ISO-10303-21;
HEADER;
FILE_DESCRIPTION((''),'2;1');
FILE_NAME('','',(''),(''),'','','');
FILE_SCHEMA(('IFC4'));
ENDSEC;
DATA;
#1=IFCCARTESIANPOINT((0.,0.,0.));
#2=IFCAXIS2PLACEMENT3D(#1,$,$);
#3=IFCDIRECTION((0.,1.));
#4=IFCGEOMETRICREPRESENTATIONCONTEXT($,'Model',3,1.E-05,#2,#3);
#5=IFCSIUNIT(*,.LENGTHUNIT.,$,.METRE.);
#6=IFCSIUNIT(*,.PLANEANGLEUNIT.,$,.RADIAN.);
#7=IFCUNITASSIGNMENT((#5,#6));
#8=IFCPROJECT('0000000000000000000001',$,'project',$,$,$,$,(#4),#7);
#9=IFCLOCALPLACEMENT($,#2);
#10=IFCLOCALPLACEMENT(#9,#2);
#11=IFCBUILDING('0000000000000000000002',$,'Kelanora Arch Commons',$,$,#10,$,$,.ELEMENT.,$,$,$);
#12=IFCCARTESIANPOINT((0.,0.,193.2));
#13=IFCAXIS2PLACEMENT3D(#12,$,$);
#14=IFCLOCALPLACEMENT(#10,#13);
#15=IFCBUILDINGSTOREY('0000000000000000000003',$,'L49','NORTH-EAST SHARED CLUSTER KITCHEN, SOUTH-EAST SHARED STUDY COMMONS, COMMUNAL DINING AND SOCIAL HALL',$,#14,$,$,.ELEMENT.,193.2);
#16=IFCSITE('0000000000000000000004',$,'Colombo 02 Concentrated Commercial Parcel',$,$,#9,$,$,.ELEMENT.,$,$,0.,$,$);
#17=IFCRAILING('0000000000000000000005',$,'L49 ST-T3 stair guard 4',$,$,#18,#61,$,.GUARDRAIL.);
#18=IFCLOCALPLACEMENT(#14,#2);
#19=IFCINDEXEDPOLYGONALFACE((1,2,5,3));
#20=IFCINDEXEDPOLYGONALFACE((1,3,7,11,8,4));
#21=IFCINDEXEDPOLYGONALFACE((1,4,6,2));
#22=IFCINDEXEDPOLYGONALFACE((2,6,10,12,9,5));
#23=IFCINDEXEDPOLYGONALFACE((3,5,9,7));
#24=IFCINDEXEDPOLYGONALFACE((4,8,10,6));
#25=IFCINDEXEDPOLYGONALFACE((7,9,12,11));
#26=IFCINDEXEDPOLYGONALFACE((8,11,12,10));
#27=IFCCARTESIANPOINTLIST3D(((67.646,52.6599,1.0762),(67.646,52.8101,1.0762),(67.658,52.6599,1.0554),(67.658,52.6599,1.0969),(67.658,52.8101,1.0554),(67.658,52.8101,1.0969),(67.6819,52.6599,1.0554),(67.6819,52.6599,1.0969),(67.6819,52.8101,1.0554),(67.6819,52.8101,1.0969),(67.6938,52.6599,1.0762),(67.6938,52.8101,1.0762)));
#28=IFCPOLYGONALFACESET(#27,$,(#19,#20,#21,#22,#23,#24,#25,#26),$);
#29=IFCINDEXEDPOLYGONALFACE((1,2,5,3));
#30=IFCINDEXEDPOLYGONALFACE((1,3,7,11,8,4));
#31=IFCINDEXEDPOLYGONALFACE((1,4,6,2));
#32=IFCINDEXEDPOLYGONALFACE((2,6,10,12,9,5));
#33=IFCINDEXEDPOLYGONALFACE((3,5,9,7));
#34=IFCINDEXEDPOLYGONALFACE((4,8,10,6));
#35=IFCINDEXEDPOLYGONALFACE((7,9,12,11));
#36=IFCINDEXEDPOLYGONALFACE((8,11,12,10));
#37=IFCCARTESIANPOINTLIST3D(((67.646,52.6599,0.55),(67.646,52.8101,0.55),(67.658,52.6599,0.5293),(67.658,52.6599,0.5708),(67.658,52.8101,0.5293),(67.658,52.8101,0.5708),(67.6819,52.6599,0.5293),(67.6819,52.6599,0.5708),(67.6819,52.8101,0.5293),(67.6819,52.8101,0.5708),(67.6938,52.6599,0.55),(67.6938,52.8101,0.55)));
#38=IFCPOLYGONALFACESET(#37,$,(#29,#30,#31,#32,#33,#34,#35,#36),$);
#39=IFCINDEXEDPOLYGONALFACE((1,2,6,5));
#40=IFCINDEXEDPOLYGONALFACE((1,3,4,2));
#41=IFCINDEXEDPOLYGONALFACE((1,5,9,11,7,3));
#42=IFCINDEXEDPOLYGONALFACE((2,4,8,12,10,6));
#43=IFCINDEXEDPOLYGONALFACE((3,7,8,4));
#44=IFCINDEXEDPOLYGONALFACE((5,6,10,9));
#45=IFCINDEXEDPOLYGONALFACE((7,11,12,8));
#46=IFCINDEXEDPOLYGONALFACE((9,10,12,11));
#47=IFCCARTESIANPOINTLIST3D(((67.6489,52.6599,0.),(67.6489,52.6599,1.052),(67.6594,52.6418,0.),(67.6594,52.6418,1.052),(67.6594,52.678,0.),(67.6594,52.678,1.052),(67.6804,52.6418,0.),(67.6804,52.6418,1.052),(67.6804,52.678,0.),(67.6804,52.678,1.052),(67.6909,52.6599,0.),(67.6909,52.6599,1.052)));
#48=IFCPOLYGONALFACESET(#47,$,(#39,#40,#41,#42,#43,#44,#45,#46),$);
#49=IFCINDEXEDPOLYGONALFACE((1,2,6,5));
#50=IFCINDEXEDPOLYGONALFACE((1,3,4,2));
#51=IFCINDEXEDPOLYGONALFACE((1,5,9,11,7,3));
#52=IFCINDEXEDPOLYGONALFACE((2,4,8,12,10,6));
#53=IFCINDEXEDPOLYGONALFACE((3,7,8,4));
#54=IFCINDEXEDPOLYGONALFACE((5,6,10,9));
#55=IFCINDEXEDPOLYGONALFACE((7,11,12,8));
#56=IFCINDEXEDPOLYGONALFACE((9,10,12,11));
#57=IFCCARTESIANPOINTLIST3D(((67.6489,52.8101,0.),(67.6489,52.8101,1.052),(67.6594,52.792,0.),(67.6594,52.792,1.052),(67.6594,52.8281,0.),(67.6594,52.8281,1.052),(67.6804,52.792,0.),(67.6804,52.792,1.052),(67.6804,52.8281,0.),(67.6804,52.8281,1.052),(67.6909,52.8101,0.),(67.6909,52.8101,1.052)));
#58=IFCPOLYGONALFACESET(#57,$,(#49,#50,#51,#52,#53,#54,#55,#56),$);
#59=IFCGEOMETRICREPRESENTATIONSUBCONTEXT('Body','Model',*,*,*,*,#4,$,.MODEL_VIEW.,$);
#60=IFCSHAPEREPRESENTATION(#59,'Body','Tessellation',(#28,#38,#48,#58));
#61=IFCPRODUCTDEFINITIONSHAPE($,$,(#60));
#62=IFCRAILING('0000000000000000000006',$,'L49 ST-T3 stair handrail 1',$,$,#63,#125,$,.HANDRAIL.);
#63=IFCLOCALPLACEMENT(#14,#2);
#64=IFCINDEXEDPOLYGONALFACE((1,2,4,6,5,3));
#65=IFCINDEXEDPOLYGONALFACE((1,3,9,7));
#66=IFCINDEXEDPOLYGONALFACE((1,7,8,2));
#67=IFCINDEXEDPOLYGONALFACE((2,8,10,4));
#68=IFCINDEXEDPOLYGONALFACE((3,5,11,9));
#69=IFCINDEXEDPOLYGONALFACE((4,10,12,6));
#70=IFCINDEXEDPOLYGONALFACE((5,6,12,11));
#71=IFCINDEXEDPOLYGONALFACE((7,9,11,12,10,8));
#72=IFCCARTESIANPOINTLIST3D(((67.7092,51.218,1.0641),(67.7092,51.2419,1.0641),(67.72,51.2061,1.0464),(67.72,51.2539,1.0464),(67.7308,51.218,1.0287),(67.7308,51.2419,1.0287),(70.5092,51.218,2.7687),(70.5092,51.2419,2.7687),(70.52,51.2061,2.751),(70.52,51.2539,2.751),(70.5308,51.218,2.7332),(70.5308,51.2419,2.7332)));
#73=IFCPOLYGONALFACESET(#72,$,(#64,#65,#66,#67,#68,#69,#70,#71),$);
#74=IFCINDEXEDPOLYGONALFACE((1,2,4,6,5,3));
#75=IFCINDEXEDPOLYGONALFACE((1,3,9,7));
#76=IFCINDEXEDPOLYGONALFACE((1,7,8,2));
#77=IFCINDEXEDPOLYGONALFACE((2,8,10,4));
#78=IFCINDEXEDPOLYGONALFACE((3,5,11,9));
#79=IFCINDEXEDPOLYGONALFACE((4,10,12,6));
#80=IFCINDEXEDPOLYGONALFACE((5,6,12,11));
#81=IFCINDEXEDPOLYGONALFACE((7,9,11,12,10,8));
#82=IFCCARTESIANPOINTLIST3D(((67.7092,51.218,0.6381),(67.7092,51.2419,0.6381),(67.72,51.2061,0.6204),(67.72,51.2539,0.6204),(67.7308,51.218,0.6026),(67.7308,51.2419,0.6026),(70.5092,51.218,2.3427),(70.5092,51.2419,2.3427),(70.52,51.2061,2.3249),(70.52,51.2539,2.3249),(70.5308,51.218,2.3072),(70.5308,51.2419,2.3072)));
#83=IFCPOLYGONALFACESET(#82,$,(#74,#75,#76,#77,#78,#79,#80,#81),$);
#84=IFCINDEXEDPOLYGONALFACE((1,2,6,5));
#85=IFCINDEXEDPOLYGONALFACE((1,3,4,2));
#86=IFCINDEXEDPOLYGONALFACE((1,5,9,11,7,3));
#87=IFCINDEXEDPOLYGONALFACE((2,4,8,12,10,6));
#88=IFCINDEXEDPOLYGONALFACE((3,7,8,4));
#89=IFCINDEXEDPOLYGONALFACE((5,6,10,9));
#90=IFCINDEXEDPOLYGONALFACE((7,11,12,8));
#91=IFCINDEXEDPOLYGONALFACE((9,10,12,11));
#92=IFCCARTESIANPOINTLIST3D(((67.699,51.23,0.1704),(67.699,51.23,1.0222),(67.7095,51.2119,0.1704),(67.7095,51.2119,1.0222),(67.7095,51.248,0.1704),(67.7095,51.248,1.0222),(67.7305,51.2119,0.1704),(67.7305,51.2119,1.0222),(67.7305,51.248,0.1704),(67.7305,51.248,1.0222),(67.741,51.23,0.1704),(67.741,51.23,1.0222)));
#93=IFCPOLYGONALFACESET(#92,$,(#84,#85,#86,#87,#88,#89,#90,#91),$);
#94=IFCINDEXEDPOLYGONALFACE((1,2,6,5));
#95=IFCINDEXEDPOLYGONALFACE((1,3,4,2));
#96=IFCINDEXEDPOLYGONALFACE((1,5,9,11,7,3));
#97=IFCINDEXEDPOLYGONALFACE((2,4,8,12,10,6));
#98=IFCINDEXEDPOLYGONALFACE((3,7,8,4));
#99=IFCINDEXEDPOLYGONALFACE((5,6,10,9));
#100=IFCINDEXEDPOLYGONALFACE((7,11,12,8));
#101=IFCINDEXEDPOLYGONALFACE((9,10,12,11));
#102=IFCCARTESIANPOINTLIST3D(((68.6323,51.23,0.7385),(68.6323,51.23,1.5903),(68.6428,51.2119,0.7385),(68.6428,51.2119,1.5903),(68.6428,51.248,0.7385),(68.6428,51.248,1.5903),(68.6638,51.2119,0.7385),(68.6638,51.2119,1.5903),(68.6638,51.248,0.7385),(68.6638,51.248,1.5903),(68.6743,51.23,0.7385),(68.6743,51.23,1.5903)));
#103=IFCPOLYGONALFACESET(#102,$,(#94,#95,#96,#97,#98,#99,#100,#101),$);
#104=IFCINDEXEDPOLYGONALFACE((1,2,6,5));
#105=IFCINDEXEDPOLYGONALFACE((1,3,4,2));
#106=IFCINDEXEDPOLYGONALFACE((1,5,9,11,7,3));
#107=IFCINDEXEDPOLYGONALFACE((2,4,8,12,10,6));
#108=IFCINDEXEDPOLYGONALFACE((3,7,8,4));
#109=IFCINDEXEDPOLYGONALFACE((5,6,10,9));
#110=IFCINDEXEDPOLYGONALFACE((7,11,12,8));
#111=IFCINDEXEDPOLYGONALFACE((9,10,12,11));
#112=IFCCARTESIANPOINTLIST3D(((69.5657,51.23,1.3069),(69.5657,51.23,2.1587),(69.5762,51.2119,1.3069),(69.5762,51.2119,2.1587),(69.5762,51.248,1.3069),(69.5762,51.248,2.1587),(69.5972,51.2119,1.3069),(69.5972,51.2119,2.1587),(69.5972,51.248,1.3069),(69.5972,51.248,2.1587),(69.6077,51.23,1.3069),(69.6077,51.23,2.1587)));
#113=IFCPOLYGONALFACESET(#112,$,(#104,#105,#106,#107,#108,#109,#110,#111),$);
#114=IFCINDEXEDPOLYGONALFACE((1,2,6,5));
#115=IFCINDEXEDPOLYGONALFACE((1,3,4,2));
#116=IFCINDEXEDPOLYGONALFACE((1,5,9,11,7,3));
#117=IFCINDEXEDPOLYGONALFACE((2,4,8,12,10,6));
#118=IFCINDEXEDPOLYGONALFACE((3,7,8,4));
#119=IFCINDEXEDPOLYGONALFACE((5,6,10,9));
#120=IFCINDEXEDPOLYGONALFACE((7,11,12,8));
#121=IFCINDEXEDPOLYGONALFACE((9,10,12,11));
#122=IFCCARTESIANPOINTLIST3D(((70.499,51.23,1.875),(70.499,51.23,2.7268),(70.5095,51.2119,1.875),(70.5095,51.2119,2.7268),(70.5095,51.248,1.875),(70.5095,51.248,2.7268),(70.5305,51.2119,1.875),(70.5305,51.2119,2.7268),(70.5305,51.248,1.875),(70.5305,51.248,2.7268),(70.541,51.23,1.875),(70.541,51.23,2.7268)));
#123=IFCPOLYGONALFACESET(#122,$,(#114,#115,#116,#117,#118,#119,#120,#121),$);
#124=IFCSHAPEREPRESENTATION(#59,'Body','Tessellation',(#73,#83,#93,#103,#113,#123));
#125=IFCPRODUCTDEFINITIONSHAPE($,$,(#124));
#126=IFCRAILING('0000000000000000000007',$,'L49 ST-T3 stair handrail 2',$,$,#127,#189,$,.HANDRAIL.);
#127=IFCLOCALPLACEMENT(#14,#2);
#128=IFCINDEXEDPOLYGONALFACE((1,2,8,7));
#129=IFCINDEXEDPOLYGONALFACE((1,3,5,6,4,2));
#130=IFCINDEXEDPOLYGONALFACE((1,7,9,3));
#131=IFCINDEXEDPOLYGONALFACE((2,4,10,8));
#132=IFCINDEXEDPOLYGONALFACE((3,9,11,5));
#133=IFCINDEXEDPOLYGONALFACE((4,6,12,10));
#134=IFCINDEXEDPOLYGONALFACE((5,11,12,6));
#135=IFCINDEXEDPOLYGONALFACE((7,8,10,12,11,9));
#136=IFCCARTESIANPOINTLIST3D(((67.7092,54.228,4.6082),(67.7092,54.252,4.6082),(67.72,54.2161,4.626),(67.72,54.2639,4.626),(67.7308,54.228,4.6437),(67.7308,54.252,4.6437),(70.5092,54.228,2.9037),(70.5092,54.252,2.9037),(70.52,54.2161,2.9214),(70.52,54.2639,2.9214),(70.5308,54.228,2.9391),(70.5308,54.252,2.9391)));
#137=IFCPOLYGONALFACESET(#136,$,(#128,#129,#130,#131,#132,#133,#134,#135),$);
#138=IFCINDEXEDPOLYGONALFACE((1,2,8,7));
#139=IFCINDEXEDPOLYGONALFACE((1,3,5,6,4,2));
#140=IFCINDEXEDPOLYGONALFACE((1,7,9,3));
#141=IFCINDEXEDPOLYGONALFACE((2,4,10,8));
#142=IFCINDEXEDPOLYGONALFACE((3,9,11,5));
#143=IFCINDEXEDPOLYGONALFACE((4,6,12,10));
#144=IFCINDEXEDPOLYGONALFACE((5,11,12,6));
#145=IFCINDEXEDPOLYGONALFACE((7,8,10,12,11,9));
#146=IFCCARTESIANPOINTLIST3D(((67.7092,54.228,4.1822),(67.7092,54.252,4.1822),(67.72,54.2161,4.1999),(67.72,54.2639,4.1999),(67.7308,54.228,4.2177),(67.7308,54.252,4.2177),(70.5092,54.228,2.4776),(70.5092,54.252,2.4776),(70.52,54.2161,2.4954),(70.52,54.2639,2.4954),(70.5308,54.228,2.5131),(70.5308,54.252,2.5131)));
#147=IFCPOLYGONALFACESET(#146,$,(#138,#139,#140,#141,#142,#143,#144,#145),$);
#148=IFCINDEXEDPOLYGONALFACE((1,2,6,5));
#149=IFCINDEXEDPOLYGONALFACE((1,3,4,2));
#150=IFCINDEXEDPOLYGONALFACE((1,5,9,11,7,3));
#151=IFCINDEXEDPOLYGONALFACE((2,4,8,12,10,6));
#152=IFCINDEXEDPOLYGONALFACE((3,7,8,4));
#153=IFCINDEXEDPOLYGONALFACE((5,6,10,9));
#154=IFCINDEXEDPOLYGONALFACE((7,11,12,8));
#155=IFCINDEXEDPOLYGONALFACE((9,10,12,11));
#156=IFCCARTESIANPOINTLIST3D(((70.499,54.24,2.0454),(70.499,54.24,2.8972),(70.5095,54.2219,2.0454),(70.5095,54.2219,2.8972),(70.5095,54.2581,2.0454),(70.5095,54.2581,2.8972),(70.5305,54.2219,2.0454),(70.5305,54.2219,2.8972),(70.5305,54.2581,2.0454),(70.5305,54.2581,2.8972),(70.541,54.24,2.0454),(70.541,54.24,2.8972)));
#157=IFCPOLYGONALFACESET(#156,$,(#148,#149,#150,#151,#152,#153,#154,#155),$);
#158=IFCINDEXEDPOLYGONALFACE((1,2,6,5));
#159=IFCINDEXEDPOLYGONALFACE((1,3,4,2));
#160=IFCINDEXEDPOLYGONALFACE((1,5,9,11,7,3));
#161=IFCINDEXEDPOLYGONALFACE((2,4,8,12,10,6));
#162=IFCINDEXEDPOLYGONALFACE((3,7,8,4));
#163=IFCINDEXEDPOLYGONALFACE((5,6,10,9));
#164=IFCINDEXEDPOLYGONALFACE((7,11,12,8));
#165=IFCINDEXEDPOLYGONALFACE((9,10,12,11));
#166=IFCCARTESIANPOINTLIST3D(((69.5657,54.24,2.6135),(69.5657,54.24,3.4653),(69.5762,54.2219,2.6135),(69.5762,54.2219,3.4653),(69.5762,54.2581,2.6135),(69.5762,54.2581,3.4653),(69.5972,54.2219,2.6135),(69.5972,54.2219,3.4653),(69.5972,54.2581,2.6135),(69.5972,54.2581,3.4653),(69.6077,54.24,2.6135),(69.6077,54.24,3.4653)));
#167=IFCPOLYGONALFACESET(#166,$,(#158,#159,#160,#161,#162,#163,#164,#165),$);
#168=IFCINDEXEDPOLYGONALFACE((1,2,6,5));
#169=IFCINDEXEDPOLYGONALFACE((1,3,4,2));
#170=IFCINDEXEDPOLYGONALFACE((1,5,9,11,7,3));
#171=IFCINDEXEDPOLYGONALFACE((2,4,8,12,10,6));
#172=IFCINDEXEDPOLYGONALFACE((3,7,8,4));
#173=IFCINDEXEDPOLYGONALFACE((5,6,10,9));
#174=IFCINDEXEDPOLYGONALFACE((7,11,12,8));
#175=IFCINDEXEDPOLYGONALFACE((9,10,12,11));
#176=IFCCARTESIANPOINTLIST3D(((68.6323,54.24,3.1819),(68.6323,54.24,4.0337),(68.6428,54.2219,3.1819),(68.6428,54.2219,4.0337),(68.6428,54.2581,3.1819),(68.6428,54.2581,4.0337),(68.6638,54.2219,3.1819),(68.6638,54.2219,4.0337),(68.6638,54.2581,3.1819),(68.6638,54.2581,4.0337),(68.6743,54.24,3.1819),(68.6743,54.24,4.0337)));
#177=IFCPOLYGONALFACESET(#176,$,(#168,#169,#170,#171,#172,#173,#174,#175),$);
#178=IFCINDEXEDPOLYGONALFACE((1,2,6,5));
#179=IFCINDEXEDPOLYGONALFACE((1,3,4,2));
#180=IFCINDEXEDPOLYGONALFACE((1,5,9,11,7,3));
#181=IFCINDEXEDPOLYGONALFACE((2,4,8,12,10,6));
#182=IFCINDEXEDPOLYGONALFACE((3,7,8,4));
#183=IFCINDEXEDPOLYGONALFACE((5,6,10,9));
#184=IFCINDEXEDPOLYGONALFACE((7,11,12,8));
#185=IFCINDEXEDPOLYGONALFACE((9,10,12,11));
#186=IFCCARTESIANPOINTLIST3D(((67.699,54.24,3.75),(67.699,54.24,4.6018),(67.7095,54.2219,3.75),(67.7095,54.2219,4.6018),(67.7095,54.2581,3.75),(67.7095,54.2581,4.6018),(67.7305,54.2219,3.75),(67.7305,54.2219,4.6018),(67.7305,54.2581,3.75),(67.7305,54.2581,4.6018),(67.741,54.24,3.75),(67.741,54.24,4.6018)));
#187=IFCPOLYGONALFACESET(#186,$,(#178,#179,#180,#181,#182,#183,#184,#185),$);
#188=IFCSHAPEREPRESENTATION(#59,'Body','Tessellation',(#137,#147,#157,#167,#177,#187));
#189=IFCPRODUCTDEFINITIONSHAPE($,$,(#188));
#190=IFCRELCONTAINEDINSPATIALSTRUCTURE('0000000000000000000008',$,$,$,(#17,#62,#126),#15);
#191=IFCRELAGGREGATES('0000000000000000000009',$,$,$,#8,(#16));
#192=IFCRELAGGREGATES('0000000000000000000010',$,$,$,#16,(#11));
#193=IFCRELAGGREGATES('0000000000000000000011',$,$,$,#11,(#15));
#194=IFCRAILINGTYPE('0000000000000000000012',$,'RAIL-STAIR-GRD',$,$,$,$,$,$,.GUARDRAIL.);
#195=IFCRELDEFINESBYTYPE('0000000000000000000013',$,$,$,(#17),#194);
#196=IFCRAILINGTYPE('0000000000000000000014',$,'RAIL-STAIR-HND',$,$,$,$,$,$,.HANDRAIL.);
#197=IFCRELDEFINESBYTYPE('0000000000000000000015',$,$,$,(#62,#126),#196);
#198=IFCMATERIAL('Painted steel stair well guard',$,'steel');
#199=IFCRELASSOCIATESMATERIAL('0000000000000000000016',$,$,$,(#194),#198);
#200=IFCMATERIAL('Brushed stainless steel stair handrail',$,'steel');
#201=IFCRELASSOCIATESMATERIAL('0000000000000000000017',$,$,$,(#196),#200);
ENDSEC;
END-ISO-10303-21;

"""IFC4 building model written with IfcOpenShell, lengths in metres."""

from ifc_helpers import new_model, si_unit, direction, frame, origin, place, context, subcontext, project, spatial, polyline, outline, extrude, material, type_object, element, save


model = new_model("IFC4")

# Units and contexts
model_context = context("Model", 3, precision=1e-05, world=origin(), true_north=direction((0.0, 1.0)))
body_context = subcontext(model_context, "Body", "Model", "MODEL_VIEW")
ifc_project = project(units=[si_unit("LENGTHUNIT", "METRE"), si_unit("PLANEANGLEUNIT", "RADIAN")], contexts=[model_context])

# Site, building, storey
site_placement = place(None, origin())
site = spatial("IfcSite", under=ifc_project, at=site_placement, Name="Colombo 02 Concentrated Commercial Parcel", CompositionType="ELEMENT", RefElevation=0.0)
building_placement = place(site_placement, origin())
building = spatial("IfcBuilding", under=site, at=building_placement, Name="Kelanora Arch Commons", CompositionType="ELEMENT")
storey_placement = place(building_placement, frame((0.0, 0.0, 193.2)))
storey = spatial("IfcBuildingStorey", under=building, at=storey_placement, Name="L49", Description="NORTH-EAST SHARED CLUSTER KITCHEN, SOUTH-EAST SHARED STUDY COMMONS, COMMUNAL DINING AND SOCIAL HALL", CompositionType="ELEMENT", Elevation=193.2)

# Railings
ifc_material_1 = material(Name="Painted steel stair well guard", Category="steel")
railing_type_1 = type_object("IfcRailingType", Name="RAIL-STAIR-GRD", PredefinedType="GUARDRAIL", material=ifc_material_1)
railing_1_placement = place(storey_placement, frame((67.6699, 52.6599, 0.0)))
element("IfcRailing", 1, at=railing_1_placement, inside=storey, type_object=railing_type_1, Name="L49 ST-T3 stair guard 4", PredefinedType="GUARDRAIL", context=body_context, shape_type="SweptSolid", body=[
    extrude(outline(polyline([(0.0239, 0.0), (0.012, 0.0208), (-0.012, 0.0208), (-0.0239, 0.0), (-0.012, -0.0208), (0.012, -0.0208), (0.0239, 0.0)])), frame((0.0, 0.0, 1.0762), z_axis=(0.0, 1.0, 0.0), x_axis=(-1.0, 0.0, 0.0)), (0.0, 0.0, 1.0), 0.1501),
    extrude(outline(polyline([(0.0239, 0.0), (0.012, 0.0208), (-0.012, 0.0208), (-0.0239, 0.0), (-0.012, -0.0208), (0.012, -0.0208), (0.0239, 0.0)])), frame((0.0, 0.0, 0.55), z_axis=(0.0, 1.0, 0.0), x_axis=(-1.0, 0.0, 0.0)), (0.0, 0.0, 1.0), 0.1501),
    extrude(outline(polyline([(0.021, 0.0), (0.0105, 0.0181), (-0.0105, 0.0181), (-0.021, 0.0), (-0.0105, -0.0181), (0.0105, -0.0181), (0.021, 0.0)])), origin(), (0.0, 0.0, 1.0), 1.052),
    extrude(outline(polyline([(0.021, 0.0), (0.0105, 0.0181), (-0.0105, 0.0181), (-0.021, 0.0), (-0.0105, -0.0181), (0.0105, -0.0181), (0.021, 0.0)])), frame((0.0, 0.1501, 0.0)), (0.0, 0.0, 1.0), 1.052),
])
ifc_material_2 = material(Name="Brushed stainless steel stair handrail", Category="steel")
railing_type_2 = type_object("IfcRailingType", Name="RAIL-STAIR-HND", PredefinedType="HANDRAIL", material=ifc_material_2)
railing_2_placement = place(storey_placement, frame((67.72, 51.23, 0.1704)))
element("IfcRailing", 2, at=railing_2_placement, inside=storey, type_object=railing_type_2, Name="L49 ST-T3 stair handrail 1", PredefinedType="HANDRAIL", context=body_context, shape_type="SweptSolid", body=[
    extrude(outline(polyline([(0.0239, 0.0), (0.012, 0.0208), (-0.012, 0.0208), (-0.0239, 0.0), (-0.012, -0.0208), (0.012, -0.0208), (0.0239, 0.0)])), frame((0.0, 0.0, 0.876), z_axis=(0.85417, 0.0, 0.519994), x_axis=(0.0, 1.0, 0.0)), (0.0, 0.0, 1.0), 3.2781),
    extrude(outline(polyline([(0.0239, 0.0), (0.012, 0.0208), (-0.012, 0.0208), (-0.0239, 0.0), (-0.012, -0.0208), (0.012, -0.0208), (0.0239, 0.0)])), frame((0.0, 0.0, 0.45), z_axis=(0.85417, 0.0, 0.519994), x_axis=(0.0, 1.0, 0.0)), (0.0, 0.0, 1.0), 3.2781),
    extrude(outline(polyline([(0.021, 0.0), (0.0105, 0.0181), (-0.0105, 0.0181), (-0.021, 0.0), (-0.0105, -0.0181), (0.0105, -0.0181), (0.021, 0.0)])), origin(), (0.0, 0.0, 1.0), 0.8518),
    extrude(outline(polyline([(0.021, 0.0), (0.0105, 0.0181), (-0.0105, 0.0181), (-0.021, 0.0), (-0.0105, -0.0181), (0.0105, -0.0181), (0.021, 0.0)])), frame((0.9333, 0.0, 0.5681)), (0.0, 0.0, 1.0), 0.8518),
    extrude(outline(polyline([(0.021, 0.0), (0.0105, 0.0181), (-0.0105, 0.0181), (-0.021, 0.0), (-0.0105, -0.0181), (0.0105, -0.0181), (0.021, 0.0)])), frame((1.8667, 0.0, 1.1365)), (0.0, 0.0, 1.0), 0.8518),
    extrude(outline(polyline([(0.021, 0.0), (0.0105, 0.0181), (-0.0105, 0.0181), (-0.021, 0.0), (-0.0105, -0.0181), (0.0105, -0.0181), (0.021, 0.0)])), frame((2.8, 0.0, 1.7046)), (0.0, 0.0, 1.0), 0.8518),
])
railing_3_placement = place(storey_placement, frame((70.52, 54.24, 2.0454)))
element("IfcRailing", 3, at=railing_3_placement, inside=storey, type_object=railing_type_2, Name="L49 ST-T3 stair handrail 2", PredefinedType="HANDRAIL", context=body_context, shape_type="SweptSolid", body=[
    extrude(outline(polyline([(0.0239, 0.0), (0.012, 0.0208), (-0.012, 0.0208), (-0.0239, 0.0), (-0.012, -0.0208), (0.012, -0.0208), (0.0239, 0.0)])), frame((0.0, 0.0, 0.876), z_axis=(-0.85417, 0.0, 0.519994), x_axis=(0.0, -1.0, 0.0)), (0.0, 0.0, 1.0), 3.2781),
    extrude(outline(polyline([(0.0239, 0.0), (0.012, 0.0208), (-0.012, 0.0208), (-0.0239, 0.0), (-0.012, -0.0208), (0.012, -0.0208), (0.0239, 0.0)])), frame((0.0, 0.0, 0.45), z_axis=(-0.85417, 0.0, 0.519994), x_axis=(0.0, -1.0, 0.0)), (0.0, 0.0, 1.0), 3.2781),
    extrude(outline(polyline([(0.021, 0.0), (0.0105, 0.0181), (-0.0105, 0.0181), (-0.021, 0.0), (-0.0105, -0.0181), (0.0105, -0.0181), (0.021, 0.0)])), origin(), (0.0, 0.0, 1.0), 0.8518),
    extrude(outline(polyline([(0.021, 0.0), (0.0105, 0.0181), (-0.0105, 0.0181), (-0.021, 0.0), (-0.0105, -0.0181), (0.0105, -0.0181), (0.021, 0.0)])), frame((-0.9333, 0.0, 0.5681)), (0.0, 0.0, 1.0), 0.8518),
    extrude(outline(polyline([(0.021, 0.0), (0.0105, 0.0181), (-0.0105, 0.0181), (-0.021, 0.0), (-0.0105, -0.0181), (0.0105, -0.0181), (0.021, 0.0)])), frame((-1.8667, 0.0, 1.1365)), (0.0, 0.0, 1.0), 0.8518),
    extrude(outline(polyline([(0.021, 0.0), (0.0105, 0.0181), (-0.0105, 0.0181), (-0.021, 0.0), (-0.0105, -0.0181), (0.0105, -0.0181), (0.021, 0.0)])), frame((-2.8, 0.0, 1.7046)), (0.0, 0.0, 1.0), 0.8518),
])

save(model, "model.ifc")
